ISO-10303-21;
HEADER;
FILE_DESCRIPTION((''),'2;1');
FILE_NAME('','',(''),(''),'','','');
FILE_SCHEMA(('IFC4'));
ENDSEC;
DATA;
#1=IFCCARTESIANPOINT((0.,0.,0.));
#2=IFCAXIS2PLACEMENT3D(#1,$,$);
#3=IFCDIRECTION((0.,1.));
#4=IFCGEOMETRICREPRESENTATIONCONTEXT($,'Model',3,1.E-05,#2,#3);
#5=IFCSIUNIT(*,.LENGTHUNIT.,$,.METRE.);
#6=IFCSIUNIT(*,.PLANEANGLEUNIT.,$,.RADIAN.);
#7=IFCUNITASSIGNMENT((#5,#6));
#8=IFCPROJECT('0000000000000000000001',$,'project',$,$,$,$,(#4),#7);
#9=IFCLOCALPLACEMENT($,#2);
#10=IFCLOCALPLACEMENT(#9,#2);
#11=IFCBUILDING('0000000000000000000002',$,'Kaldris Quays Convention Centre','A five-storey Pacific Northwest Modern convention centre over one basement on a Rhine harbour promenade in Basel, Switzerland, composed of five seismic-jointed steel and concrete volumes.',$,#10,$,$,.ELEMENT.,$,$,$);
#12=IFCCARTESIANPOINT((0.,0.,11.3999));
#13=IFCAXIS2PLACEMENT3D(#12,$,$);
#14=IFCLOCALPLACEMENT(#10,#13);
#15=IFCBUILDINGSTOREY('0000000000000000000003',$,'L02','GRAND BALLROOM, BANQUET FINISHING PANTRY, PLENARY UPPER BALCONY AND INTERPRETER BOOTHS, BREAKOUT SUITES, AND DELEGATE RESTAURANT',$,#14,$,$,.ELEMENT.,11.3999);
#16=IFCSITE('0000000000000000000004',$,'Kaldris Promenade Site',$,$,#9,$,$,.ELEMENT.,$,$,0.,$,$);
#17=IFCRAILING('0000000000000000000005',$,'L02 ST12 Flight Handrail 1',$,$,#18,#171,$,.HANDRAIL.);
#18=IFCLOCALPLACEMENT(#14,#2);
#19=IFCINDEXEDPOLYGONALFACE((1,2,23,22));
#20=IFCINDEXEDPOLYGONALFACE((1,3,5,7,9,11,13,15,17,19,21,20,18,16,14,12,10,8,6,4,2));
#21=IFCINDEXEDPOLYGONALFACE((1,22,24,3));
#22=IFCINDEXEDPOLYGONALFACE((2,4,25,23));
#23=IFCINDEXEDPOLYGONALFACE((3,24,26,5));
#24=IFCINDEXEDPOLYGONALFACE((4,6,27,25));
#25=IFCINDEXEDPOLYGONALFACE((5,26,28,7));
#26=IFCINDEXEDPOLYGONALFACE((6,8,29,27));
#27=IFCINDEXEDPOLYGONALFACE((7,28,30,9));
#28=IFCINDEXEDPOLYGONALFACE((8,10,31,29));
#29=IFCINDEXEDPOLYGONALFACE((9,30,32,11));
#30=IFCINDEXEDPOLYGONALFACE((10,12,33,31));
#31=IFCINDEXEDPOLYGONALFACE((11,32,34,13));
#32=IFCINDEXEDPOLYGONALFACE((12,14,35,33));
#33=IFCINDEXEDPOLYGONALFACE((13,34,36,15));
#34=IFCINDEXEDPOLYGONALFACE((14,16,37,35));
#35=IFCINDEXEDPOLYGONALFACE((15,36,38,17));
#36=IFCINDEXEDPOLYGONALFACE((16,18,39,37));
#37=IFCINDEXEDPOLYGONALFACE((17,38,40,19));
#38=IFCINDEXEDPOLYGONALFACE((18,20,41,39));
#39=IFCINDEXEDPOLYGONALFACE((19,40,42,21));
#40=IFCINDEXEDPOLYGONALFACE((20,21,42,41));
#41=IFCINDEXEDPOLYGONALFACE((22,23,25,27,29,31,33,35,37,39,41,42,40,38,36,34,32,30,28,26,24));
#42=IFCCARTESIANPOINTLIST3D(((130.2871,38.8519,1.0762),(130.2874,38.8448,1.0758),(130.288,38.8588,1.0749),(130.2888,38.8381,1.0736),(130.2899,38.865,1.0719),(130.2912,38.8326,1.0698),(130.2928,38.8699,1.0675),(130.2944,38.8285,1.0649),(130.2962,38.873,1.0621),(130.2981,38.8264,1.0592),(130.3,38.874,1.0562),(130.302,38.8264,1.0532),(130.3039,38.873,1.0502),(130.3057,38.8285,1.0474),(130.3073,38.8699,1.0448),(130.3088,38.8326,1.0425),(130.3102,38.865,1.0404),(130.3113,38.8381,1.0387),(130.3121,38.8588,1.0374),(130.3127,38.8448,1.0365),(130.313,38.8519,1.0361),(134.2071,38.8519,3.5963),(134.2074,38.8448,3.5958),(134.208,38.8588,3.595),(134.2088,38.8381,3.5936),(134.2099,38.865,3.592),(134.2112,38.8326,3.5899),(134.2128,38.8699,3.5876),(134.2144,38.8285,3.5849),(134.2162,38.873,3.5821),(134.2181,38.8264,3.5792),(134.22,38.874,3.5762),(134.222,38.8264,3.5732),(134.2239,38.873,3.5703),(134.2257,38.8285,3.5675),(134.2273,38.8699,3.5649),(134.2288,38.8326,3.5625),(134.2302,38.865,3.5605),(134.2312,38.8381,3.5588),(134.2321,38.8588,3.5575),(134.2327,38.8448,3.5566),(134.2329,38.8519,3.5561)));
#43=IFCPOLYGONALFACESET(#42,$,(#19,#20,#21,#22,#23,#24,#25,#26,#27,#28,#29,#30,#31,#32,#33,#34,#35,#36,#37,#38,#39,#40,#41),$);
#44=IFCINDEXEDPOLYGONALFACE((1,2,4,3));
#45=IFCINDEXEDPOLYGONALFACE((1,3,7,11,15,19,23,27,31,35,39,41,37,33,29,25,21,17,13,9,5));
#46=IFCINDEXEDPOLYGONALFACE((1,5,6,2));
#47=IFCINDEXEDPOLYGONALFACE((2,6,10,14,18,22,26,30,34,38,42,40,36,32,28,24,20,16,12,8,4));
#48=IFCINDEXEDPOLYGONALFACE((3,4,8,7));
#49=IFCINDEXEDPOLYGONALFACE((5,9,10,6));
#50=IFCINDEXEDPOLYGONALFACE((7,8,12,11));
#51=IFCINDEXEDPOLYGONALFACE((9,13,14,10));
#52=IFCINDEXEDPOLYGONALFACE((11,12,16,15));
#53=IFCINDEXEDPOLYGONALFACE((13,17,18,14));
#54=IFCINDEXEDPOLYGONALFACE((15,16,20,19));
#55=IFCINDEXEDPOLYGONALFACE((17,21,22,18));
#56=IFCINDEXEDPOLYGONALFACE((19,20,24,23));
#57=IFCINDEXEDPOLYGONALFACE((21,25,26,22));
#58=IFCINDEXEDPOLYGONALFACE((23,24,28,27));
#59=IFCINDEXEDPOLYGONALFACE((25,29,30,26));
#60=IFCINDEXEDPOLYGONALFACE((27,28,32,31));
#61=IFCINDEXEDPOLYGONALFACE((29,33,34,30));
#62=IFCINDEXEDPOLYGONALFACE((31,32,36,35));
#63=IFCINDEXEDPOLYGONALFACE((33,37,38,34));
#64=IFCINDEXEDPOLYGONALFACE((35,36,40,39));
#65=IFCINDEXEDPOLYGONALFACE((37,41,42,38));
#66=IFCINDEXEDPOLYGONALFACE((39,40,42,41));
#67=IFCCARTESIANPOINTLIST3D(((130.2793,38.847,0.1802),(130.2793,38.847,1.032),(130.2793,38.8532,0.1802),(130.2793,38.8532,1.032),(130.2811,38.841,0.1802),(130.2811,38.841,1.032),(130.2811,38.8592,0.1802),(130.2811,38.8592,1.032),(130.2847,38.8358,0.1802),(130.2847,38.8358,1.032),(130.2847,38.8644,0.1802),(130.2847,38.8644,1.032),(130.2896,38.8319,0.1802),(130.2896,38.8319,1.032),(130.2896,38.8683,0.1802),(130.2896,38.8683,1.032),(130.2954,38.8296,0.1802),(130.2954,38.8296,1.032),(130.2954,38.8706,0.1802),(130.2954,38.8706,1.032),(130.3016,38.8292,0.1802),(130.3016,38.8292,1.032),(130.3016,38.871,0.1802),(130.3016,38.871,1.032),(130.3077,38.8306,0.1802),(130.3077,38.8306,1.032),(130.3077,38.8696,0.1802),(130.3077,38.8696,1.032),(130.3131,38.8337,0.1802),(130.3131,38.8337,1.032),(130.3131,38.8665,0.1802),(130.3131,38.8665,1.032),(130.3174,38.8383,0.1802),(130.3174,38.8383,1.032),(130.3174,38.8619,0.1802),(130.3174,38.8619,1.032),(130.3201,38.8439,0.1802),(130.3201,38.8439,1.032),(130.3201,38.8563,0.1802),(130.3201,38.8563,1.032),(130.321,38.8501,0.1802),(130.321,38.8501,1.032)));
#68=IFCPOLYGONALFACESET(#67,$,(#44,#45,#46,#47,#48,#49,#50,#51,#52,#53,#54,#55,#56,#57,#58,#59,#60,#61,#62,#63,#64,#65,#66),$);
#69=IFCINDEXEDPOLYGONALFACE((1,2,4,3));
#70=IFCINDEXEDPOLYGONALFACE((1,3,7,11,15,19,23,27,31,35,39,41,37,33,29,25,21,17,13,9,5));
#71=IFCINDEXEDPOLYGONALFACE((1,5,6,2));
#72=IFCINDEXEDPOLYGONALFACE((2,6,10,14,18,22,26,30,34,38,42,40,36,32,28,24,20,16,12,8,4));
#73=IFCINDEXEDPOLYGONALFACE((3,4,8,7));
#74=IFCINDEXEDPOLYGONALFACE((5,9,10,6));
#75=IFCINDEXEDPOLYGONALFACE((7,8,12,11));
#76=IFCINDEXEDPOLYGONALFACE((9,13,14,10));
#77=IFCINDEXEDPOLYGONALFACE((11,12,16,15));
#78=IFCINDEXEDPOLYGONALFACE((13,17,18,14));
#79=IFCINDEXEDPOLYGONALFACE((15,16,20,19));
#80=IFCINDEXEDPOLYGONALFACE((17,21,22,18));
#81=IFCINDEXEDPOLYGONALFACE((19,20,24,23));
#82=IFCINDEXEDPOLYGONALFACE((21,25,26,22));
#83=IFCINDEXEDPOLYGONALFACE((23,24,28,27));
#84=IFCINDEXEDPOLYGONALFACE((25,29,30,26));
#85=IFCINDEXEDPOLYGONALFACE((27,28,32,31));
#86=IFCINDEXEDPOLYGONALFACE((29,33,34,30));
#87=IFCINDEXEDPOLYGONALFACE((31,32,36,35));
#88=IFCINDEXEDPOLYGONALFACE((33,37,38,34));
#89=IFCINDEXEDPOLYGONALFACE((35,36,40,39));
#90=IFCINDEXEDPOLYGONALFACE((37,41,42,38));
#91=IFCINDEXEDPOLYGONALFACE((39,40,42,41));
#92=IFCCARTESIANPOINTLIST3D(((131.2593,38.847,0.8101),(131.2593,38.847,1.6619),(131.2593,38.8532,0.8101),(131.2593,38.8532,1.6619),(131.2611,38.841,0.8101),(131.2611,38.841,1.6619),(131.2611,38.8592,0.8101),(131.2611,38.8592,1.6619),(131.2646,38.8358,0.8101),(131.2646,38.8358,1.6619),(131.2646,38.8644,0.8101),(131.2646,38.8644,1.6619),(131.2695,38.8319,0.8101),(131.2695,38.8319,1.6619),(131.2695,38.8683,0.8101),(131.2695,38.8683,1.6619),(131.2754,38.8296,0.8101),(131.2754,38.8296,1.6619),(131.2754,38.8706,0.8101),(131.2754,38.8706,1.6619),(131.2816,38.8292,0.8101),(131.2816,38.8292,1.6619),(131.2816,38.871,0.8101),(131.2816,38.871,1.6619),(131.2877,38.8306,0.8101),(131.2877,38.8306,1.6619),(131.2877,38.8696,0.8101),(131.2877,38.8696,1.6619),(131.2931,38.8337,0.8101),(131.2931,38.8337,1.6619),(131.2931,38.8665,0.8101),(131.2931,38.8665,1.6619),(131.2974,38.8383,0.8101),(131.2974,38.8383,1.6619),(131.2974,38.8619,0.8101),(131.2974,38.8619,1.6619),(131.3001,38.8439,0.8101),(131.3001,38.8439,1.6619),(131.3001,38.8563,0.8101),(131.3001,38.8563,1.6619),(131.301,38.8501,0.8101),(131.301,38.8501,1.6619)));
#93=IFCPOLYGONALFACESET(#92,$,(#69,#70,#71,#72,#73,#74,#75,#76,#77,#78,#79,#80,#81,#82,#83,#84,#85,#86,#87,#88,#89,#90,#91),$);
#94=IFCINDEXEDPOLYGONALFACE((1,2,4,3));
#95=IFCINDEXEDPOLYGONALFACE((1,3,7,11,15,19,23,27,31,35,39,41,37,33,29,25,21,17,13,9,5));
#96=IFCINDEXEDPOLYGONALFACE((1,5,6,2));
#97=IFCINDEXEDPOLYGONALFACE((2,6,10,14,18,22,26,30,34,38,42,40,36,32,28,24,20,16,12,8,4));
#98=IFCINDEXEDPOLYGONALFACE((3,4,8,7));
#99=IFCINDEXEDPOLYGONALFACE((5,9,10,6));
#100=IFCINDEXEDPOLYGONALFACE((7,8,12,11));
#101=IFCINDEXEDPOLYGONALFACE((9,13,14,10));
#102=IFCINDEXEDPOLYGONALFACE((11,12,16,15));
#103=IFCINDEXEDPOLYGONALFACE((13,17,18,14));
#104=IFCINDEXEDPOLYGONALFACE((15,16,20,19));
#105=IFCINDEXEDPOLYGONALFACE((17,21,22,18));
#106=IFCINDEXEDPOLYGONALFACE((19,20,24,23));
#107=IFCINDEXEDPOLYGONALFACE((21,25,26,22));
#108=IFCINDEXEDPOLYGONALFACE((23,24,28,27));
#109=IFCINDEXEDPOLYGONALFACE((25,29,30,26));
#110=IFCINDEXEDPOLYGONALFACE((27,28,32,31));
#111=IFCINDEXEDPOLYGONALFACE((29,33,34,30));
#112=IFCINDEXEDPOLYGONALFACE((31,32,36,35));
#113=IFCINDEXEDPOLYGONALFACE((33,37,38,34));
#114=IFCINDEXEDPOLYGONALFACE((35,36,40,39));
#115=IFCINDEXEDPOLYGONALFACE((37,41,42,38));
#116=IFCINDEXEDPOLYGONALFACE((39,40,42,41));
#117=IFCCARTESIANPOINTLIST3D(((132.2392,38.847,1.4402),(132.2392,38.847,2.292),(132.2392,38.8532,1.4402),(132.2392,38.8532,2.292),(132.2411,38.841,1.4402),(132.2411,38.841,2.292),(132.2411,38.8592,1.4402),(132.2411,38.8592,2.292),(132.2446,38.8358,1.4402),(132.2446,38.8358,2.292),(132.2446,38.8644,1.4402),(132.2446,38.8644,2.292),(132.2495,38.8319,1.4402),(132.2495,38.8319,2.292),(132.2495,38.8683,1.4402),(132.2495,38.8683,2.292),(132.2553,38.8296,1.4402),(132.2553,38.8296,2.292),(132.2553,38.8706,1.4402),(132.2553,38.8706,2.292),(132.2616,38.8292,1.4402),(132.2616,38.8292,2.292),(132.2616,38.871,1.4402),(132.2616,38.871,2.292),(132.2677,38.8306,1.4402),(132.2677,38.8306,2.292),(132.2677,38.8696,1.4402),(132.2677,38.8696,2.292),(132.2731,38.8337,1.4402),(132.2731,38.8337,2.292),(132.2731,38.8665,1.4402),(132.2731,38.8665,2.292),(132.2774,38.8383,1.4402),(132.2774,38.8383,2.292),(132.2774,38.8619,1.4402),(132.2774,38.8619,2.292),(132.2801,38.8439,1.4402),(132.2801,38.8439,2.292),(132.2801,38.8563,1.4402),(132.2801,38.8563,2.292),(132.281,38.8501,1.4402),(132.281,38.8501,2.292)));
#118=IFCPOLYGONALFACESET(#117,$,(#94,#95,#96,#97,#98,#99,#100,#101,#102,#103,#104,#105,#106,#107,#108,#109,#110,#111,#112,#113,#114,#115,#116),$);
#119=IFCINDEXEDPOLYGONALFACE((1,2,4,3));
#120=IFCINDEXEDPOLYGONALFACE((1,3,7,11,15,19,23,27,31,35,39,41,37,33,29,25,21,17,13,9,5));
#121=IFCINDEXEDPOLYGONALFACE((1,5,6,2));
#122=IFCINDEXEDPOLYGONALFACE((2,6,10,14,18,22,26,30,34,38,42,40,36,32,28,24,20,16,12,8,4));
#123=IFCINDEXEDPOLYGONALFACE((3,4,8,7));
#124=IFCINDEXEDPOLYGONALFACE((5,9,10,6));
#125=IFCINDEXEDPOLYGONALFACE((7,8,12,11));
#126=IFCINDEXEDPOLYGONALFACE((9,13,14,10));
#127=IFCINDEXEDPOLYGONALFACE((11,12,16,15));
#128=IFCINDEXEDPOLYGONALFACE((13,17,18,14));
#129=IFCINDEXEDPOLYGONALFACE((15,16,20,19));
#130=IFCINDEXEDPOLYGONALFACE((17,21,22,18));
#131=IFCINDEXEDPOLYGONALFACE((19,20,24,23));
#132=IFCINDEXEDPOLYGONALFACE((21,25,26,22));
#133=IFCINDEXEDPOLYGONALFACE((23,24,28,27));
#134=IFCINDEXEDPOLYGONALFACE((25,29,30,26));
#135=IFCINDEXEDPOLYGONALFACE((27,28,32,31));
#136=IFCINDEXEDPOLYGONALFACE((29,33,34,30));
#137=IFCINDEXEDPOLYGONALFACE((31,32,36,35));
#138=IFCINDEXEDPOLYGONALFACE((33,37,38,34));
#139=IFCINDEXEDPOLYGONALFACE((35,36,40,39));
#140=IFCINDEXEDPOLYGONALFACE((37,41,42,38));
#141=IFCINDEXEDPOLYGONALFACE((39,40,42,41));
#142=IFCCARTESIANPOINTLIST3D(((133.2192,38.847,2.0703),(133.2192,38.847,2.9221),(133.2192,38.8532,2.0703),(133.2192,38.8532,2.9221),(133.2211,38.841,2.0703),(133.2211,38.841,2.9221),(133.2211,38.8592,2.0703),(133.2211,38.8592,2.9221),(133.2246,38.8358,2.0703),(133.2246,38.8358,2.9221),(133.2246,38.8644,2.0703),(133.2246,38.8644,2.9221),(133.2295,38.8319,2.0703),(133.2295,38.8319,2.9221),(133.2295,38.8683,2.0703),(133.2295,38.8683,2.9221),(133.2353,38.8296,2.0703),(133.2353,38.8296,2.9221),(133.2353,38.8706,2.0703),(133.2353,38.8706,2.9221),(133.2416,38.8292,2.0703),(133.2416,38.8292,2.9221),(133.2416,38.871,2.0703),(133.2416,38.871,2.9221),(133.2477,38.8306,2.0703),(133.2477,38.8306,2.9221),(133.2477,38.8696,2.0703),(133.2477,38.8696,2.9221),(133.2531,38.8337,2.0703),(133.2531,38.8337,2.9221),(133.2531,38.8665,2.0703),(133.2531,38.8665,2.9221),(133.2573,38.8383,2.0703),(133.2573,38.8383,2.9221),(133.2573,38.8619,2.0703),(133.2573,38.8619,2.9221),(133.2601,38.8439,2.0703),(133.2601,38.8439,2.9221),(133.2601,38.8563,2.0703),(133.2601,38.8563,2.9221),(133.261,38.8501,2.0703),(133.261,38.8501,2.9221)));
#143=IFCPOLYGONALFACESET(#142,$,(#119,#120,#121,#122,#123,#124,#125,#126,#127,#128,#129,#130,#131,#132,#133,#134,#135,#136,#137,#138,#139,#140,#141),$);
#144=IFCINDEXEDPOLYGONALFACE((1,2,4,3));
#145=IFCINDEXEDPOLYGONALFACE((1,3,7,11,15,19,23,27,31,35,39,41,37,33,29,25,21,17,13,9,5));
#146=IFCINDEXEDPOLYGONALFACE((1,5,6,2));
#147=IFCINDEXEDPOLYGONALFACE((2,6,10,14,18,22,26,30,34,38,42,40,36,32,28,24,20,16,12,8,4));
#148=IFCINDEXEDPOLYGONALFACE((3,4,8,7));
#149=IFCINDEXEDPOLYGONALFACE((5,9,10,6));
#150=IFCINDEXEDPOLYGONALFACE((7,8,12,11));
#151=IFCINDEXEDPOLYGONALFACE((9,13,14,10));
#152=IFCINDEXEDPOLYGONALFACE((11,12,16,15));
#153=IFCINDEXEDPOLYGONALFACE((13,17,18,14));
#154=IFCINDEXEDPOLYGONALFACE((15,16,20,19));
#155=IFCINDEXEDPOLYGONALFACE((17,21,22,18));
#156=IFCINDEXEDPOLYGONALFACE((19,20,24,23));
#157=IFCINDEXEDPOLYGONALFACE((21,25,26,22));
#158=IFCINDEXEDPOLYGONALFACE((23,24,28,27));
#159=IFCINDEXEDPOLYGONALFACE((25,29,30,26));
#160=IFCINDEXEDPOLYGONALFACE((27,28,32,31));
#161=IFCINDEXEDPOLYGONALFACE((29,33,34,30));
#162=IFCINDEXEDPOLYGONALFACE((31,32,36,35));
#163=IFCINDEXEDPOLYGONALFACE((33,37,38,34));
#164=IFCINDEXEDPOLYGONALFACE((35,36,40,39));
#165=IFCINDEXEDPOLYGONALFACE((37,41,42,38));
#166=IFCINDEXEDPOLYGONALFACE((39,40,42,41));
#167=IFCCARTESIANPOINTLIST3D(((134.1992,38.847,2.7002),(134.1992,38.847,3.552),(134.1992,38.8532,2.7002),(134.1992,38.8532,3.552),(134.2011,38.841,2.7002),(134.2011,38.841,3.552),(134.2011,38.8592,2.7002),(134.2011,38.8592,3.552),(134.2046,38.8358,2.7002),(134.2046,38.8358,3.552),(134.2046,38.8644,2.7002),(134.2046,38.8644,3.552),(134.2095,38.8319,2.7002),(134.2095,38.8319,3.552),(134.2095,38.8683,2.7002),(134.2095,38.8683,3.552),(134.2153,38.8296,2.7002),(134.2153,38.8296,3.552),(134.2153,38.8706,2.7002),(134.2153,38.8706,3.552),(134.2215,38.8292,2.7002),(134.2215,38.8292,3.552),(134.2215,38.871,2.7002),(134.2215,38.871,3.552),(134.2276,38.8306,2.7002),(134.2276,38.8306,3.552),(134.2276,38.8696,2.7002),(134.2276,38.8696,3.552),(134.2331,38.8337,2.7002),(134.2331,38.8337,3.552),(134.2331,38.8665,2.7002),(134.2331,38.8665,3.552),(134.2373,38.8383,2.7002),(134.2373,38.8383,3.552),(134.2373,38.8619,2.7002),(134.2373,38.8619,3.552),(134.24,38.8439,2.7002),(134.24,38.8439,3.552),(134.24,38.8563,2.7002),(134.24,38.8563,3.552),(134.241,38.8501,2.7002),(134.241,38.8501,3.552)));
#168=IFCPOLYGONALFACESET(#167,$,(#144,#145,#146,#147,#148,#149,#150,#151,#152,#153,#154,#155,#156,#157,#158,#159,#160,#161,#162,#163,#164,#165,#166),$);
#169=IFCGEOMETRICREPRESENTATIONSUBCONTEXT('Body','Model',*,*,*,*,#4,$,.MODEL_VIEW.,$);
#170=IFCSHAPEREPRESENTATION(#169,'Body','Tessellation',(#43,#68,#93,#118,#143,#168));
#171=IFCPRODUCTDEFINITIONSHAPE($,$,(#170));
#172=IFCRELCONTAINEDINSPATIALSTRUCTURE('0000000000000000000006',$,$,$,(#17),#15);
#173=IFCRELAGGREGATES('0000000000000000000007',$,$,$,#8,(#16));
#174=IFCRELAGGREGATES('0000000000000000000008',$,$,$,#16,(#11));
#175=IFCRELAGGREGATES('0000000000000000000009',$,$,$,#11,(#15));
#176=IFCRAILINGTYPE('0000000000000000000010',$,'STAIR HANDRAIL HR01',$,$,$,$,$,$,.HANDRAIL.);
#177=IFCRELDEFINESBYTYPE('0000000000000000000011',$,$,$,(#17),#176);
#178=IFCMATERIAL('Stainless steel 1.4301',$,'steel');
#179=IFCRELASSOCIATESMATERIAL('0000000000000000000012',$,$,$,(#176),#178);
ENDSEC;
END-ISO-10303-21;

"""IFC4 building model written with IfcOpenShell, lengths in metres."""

from ifc_helpers import new_model, si_unit, direction, frame, origin, origin_2d, place, context, subcontext, project, spatial, circle, extrude, material, type_object, element, save


model = new_model("IFC4")

# Units and contexts
model_context = context("Model", 3, precision=1e-05, world=origin(), true_north=direction((0.0, 1.0)))
body_context = subcontext(model_context, "Body", "Model", "MODEL_VIEW")
ifc_project = project(units=[si_unit("LENGTHUNIT", "METRE"), si_unit("PLANEANGLEUNIT", "RADIAN")], contexts=[model_context])

# Site, building, storey
site_placement = place(None, origin())
site = spatial("IfcSite", under=ifc_project, at=site_placement, Name="Kaldris Promenade Site", CompositionType="ELEMENT", RefElevation=0.0)
building_placement = place(site_placement, origin())
building = spatial("IfcBuilding", under=site, at=building_placement, Name="Kaldris Quays Convention Centre", Description="A five-storey Pacific Northwest Modern convention centre over one basement on a Rhine harbour promenade in Basel, Switzerland, composed of five seismic-jointed steel and concrete volumes.", CompositionType="ELEMENT")
storey_placement = place(building_placement, frame((0.0, 0.0, 11.3999)))
storey = spatial("IfcBuildingStorey", under=building, at=storey_placement, Name="L02", Description="GRAND BALLROOM, BANQUET FINISHING PANTRY, PLENARY UPPER BALCONY AND INTERPRETER BOOTHS, BREAKOUT SUITES, AND DELEGATE RESTAURANT", CompositionType="ELEMENT", Elevation=11.3999)

# Railing
ifc_material_1 = material(Name="Stainless steel 1.4301", Category="steel")
railing_type_1 = type_object("IfcRailingType", Name="STAIR HANDRAIL HR01", PredefinedType="HANDRAIL", material=ifc_material_1)
railing_1_placement = place(storey_placement, frame((130.3, 38.8501, 0.1802)))
element("IfcRailing", 1, at=railing_1_placement, inside=storey, type_object=railing_type_1, Name="L02 ST12 Flight Handrail 1", PredefinedType="HANDRAIL", context=body_context, shape_type="SweptSolid", body=[
    extrude(circle(Radius=0.0239, at=origin_2d()), frame((0.0, 0.0, 0.876), z_axis=(0.841172, 0.0, 0.540768), x_axis=(0.0, 1.0, 0.0)), (0.0, 0.0, 1.0), 4.6602),
    extrude(circle(Radius=0.021, at=origin_2d()), origin(), (0.0, 0.0, 1.0), 0.8518),
    extrude(circle(Radius=0.021, at=origin_2d()), frame((0.98, 0.0, 0.6299)), (0.0, 0.0, 1.0), 0.8518),
    extrude(circle(Radius=0.021, at=origin_2d()), frame((1.96, 0.0, 1.26)), (0.0, 0.0, 1.0), 0.8518),
    extrude(circle(Radius=0.021, at=origin_2d()), frame((2.9399, 0.0, 1.8901)), (0.0, 0.0, 1.0), 0.8518),
    extrude(circle(Radius=0.021, at=origin_2d()), frame((3.9199, 0.0, 2.52)), (0.0, 0.0, 1.0), 0.8518),
])

save(model, "model.ifc")
